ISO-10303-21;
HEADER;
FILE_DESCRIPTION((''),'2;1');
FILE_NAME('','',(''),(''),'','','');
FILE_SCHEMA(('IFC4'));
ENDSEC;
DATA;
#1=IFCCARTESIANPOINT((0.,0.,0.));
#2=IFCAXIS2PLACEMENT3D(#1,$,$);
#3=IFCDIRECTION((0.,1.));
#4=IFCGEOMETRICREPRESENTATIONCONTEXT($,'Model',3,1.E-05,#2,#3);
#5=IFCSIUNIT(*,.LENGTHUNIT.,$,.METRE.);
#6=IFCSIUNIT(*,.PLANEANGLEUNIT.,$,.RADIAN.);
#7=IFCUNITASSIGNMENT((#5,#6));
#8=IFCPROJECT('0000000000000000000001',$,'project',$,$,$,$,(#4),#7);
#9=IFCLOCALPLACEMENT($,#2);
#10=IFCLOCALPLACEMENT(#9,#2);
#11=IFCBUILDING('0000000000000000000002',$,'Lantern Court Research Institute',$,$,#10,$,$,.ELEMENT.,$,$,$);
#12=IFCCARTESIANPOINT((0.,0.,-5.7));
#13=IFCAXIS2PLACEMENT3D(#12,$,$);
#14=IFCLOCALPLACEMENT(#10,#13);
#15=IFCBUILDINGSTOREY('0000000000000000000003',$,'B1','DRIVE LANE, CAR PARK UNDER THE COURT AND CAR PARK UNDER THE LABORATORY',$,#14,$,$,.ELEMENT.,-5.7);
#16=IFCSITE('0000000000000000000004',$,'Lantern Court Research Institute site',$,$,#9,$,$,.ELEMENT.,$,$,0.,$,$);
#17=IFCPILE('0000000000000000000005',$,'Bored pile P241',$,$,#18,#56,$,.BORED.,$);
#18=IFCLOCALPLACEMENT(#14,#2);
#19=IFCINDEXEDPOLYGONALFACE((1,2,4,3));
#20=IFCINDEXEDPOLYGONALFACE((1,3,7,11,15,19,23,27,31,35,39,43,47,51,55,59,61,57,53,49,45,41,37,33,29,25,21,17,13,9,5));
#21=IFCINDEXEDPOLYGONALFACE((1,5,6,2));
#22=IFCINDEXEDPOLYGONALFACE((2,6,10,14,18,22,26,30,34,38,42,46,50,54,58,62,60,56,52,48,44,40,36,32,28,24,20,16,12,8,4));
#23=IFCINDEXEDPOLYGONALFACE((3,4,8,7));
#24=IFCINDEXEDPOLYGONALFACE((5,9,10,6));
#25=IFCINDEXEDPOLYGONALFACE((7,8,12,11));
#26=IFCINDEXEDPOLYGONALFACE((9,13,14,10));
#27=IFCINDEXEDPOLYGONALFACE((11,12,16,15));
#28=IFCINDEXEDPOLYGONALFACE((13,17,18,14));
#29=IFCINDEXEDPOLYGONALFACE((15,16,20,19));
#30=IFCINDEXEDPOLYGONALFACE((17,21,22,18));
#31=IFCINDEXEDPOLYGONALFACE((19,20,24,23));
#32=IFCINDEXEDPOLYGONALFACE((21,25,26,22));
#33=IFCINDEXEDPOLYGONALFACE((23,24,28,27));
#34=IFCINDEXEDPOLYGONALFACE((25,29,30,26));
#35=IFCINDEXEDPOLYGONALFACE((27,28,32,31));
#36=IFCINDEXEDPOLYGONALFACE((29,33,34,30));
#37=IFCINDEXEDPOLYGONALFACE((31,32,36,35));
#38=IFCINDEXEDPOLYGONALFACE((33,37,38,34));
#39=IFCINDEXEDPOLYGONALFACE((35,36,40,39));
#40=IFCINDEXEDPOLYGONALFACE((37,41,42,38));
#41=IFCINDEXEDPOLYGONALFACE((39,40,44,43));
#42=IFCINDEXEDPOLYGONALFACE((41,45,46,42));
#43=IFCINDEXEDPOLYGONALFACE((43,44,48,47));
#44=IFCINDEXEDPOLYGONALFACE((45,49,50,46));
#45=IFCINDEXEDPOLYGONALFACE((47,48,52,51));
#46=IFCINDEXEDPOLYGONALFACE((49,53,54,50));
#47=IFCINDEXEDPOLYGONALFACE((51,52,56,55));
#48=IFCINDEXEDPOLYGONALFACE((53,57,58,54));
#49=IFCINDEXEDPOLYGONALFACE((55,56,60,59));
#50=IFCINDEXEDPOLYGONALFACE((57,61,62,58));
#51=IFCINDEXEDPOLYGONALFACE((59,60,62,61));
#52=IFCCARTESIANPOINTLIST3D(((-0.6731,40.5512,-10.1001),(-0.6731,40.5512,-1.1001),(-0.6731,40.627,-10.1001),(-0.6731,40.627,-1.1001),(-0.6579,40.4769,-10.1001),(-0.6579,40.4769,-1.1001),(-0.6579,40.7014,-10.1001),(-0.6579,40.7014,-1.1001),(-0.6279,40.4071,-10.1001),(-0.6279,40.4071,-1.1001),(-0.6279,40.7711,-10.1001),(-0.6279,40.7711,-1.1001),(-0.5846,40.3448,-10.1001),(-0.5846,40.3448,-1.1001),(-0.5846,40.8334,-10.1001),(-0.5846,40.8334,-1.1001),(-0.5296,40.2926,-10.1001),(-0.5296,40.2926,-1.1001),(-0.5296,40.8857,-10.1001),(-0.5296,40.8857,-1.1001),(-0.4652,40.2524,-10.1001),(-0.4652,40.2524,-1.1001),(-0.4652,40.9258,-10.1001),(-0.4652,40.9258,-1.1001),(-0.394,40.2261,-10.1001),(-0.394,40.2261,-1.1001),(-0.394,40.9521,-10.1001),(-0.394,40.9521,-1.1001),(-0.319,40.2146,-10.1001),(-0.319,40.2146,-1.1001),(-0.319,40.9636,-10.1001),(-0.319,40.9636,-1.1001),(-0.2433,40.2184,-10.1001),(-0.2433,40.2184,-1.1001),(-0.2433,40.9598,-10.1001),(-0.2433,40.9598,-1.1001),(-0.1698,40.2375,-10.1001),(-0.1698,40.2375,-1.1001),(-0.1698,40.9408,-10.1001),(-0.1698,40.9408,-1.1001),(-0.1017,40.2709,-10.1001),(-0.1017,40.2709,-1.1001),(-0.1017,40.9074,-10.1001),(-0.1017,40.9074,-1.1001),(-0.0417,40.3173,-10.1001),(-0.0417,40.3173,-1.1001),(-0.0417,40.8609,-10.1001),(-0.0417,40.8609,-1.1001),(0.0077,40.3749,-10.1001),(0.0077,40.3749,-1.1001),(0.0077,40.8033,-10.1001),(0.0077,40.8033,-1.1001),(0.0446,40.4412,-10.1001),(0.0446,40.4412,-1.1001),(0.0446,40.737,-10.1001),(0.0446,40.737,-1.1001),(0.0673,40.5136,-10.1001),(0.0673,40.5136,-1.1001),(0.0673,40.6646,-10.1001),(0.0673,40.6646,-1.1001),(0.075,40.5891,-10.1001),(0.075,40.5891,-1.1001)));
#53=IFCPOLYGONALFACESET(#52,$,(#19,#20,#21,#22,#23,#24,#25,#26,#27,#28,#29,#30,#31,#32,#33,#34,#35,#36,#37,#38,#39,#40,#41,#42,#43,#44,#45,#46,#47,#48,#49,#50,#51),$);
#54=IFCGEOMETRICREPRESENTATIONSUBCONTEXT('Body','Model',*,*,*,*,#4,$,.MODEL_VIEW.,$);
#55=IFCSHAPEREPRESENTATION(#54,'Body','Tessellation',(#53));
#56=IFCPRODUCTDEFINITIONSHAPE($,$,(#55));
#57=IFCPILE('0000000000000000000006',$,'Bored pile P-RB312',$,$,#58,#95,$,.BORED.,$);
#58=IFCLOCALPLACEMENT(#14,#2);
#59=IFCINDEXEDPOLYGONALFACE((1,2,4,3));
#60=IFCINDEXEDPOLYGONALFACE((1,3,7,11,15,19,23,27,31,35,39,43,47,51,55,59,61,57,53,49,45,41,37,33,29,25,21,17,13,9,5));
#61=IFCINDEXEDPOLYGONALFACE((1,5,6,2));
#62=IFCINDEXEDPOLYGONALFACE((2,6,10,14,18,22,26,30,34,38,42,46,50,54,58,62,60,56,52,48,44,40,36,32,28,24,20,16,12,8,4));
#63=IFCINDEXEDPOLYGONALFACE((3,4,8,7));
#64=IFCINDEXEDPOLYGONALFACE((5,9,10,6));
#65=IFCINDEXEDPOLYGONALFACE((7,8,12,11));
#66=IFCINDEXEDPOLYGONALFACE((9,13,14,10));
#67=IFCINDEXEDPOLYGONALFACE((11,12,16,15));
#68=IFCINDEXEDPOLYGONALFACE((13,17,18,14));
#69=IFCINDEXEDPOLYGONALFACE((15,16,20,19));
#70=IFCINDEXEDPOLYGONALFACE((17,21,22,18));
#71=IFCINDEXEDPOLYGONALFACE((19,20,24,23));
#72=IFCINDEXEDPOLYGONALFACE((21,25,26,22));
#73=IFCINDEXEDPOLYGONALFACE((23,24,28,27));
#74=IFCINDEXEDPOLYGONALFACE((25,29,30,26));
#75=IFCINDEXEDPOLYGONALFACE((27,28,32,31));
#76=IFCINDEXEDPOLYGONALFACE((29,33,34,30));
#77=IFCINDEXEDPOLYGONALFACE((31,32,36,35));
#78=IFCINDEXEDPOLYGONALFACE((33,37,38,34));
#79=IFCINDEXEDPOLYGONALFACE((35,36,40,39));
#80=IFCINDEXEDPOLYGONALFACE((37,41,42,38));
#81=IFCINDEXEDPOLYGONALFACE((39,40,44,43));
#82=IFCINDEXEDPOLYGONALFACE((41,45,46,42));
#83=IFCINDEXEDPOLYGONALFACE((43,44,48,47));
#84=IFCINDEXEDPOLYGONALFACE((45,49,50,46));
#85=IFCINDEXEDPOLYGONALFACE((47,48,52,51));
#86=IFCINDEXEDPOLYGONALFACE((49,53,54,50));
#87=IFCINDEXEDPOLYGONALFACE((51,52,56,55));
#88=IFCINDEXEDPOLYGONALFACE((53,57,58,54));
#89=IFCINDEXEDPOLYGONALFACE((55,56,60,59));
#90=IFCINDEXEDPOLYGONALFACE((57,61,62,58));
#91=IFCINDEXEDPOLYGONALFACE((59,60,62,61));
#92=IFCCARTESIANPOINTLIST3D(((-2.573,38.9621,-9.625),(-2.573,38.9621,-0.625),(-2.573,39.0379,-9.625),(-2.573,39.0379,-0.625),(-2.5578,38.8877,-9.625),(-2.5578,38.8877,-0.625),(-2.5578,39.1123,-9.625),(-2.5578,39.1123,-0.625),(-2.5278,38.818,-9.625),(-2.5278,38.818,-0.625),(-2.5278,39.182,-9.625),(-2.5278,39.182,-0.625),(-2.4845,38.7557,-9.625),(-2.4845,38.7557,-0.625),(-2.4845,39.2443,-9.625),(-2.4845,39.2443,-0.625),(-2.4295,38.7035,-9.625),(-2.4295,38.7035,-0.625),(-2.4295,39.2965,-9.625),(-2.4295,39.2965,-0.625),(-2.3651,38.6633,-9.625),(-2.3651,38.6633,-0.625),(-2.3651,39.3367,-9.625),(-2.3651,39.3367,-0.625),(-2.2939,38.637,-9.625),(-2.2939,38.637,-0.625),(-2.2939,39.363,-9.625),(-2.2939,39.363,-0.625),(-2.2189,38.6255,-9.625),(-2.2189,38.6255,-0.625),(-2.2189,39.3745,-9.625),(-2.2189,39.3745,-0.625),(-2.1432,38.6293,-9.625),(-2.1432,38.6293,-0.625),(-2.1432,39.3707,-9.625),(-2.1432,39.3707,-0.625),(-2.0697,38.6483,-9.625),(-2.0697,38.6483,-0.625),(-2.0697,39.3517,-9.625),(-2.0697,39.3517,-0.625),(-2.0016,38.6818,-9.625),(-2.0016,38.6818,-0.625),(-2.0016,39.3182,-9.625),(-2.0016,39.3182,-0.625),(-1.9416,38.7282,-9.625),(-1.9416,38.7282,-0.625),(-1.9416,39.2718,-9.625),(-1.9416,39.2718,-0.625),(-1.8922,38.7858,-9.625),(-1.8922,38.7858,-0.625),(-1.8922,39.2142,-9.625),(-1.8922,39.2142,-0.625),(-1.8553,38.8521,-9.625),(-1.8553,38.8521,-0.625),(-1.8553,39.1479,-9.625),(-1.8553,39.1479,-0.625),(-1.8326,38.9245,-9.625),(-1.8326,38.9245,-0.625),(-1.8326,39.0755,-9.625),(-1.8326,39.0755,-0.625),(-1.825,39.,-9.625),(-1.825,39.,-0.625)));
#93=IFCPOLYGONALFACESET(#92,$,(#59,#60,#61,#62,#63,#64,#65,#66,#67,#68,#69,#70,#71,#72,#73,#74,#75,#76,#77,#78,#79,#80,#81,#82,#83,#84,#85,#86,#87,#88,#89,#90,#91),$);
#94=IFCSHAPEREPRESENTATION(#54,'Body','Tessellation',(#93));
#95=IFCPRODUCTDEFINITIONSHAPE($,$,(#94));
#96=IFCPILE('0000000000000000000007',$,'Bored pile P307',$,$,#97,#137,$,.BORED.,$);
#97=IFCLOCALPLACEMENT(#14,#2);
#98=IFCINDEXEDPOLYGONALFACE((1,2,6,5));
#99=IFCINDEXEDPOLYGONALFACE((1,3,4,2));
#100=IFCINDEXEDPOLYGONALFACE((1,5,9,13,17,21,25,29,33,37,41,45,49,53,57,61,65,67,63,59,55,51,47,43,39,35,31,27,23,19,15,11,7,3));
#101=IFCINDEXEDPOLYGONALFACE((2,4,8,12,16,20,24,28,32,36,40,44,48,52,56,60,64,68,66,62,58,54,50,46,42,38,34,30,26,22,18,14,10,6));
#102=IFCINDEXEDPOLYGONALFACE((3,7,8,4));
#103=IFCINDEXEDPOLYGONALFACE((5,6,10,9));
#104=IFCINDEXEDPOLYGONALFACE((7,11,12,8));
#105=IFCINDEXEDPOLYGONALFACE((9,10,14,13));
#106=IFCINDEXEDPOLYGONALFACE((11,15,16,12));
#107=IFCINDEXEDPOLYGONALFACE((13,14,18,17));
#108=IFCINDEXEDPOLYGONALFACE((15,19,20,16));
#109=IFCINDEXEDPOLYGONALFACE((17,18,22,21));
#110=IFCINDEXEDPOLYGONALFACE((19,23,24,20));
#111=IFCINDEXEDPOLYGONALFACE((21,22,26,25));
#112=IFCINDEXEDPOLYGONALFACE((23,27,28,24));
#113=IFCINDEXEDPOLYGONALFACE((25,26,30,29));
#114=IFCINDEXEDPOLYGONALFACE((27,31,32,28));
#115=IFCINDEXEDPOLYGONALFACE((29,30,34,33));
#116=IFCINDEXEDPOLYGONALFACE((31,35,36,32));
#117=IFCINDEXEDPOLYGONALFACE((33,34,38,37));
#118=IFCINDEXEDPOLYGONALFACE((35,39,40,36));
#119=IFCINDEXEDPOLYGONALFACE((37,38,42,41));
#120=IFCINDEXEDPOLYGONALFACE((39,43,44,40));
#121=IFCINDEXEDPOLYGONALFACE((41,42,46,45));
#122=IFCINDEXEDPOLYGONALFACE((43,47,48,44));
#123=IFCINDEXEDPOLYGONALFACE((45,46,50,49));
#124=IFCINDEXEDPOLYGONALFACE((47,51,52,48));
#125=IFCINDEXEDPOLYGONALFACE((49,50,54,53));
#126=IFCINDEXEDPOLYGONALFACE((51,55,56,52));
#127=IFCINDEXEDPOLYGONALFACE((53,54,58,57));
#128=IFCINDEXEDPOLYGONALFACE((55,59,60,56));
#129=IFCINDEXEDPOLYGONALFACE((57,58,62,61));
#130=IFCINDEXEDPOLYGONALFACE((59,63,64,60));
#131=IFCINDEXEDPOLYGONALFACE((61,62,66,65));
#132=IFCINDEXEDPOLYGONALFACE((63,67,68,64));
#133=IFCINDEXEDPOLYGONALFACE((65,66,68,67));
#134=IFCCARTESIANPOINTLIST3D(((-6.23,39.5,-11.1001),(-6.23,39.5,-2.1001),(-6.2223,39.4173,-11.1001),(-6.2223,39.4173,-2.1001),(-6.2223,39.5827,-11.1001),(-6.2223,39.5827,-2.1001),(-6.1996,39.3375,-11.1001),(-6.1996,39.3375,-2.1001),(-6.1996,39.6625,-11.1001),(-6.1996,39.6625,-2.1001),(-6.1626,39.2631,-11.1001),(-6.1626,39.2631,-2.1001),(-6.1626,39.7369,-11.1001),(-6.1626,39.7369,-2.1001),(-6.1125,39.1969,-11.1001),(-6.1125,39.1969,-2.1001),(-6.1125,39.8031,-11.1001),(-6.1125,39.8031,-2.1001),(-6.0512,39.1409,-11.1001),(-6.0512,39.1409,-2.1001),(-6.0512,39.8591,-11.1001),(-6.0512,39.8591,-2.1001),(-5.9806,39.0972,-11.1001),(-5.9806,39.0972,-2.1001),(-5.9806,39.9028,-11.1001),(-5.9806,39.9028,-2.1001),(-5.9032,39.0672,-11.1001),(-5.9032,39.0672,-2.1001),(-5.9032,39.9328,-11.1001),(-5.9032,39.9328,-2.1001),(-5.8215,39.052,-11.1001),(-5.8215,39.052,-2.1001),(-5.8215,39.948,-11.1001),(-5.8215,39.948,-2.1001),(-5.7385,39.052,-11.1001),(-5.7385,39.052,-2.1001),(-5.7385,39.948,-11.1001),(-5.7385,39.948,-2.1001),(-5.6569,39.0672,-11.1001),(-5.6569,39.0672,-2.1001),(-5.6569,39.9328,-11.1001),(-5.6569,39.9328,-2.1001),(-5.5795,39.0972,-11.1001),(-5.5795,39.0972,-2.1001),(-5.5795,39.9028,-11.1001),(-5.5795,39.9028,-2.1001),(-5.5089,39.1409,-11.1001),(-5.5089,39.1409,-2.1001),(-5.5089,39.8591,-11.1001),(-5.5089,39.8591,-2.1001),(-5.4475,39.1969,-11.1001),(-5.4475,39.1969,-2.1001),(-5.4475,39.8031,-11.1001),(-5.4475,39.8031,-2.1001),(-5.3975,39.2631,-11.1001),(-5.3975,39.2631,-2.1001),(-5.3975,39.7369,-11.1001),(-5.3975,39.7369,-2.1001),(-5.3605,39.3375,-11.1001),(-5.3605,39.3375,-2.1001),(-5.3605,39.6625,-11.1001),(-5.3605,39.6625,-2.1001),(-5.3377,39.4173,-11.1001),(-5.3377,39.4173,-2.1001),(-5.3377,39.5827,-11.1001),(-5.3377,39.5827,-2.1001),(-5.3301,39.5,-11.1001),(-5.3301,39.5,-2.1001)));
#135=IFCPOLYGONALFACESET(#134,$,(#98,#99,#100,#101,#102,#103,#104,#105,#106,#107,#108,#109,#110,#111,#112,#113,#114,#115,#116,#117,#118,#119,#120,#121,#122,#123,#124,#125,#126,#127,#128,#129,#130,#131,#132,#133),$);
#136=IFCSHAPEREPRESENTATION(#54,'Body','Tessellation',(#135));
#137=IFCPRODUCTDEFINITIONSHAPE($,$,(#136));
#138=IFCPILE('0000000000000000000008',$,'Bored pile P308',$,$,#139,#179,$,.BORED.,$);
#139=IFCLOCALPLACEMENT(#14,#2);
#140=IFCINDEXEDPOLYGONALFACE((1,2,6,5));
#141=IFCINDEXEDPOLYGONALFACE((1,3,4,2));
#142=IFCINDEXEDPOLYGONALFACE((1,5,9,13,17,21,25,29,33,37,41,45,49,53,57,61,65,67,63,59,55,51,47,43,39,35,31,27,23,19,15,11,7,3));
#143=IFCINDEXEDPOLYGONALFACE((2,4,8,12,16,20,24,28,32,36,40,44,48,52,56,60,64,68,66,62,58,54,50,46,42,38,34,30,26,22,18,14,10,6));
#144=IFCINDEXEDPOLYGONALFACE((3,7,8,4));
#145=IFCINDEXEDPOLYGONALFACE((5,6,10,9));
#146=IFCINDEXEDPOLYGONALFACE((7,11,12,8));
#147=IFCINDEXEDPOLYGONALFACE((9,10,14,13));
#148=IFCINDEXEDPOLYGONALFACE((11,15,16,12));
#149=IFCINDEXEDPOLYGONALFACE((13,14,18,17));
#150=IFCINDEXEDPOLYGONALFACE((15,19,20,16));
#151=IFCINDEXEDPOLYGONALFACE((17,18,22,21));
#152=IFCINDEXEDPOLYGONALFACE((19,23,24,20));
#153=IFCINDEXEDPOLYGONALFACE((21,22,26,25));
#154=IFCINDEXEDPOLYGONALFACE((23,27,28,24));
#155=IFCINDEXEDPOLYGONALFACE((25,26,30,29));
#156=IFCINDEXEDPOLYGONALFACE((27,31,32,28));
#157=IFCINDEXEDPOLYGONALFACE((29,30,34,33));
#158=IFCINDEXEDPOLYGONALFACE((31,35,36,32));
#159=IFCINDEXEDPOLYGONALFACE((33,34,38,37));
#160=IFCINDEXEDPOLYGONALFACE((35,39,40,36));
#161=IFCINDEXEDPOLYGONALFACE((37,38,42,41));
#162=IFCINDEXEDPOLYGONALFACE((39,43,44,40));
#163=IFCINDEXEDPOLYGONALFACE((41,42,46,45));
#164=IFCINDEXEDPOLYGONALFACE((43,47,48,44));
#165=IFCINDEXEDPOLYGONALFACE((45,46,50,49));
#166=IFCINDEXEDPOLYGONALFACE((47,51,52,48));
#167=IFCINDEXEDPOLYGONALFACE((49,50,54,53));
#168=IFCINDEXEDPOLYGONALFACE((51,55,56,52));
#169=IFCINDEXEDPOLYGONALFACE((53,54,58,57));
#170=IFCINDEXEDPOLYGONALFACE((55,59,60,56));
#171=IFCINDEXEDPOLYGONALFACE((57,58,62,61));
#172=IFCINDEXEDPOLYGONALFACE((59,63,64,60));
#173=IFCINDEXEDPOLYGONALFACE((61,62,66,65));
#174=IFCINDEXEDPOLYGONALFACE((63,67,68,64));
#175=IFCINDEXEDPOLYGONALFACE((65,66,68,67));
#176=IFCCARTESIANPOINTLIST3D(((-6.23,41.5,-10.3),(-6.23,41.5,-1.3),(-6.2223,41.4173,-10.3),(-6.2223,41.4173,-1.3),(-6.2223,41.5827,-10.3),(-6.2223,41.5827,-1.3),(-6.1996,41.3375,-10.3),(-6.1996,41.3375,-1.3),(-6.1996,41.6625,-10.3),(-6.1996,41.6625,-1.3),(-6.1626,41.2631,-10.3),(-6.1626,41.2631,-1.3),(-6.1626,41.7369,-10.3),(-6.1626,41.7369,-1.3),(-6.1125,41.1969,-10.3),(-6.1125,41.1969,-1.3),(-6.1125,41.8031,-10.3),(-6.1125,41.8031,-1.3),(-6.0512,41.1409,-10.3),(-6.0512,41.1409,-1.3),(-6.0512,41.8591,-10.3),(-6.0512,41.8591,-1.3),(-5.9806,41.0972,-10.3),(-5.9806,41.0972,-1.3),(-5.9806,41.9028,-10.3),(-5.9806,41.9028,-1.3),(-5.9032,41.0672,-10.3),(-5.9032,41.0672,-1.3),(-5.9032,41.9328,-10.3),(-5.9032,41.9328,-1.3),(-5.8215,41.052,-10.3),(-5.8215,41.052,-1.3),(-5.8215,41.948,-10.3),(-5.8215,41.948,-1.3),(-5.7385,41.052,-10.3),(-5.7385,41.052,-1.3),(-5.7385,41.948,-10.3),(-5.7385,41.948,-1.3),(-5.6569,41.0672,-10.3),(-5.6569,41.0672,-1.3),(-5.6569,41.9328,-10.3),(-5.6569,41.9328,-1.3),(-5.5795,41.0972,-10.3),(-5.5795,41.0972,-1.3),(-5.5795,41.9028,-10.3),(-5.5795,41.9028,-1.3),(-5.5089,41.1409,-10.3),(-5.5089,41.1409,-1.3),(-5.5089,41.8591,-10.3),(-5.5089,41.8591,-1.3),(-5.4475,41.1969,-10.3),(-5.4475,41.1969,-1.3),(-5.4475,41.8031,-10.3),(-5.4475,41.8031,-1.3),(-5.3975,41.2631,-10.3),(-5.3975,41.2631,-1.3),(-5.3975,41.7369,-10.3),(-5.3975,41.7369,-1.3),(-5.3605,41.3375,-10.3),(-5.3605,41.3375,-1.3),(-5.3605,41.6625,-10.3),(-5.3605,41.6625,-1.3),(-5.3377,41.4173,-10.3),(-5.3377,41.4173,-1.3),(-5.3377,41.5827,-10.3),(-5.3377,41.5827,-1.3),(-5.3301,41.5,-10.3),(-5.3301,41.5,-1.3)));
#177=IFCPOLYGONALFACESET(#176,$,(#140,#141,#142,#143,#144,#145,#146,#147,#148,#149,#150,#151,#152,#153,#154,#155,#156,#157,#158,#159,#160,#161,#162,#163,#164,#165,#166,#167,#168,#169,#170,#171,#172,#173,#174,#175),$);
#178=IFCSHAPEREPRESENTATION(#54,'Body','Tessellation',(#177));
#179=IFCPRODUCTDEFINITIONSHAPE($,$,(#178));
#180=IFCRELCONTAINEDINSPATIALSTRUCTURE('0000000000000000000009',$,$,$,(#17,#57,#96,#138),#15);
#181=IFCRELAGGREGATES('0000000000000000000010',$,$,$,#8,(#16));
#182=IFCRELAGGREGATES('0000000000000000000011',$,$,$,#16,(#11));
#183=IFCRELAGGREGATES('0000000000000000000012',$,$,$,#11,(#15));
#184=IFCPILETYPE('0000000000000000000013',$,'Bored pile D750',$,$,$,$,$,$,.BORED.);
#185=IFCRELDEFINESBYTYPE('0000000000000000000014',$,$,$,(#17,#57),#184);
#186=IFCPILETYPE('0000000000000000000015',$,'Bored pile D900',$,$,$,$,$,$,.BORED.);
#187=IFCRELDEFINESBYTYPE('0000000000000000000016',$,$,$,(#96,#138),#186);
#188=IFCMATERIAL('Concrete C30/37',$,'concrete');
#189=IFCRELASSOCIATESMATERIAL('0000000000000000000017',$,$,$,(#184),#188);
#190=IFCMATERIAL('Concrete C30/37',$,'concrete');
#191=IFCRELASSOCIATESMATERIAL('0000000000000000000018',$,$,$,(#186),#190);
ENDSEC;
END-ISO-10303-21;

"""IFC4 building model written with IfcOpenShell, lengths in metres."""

from ifc_helpers import new_model, si_unit, direction, frame, origin, origin_2d, place, context, subcontext, project, spatial, circle, extrude, material, material_profile, profile_set, type_object, element, save


model = new_model("IFC4")

# Units and contexts
model_context = context("Model", 3, precision=1e-05, world=origin(), true_north=direction((0.0, 1.0)))
body_context = subcontext(model_context, "Body", "Model", "MODEL_VIEW")
ifc_project = project(units=[si_unit("LENGTHUNIT", "METRE"), si_unit("PLANEANGLEUNIT", "RADIAN")], contexts=[model_context])

# Site, building, storey
site_placement = place(None, origin())
site = spatial("IfcSite", under=ifc_project, at=site_placement, Name="Lantern Court Research Institute site", CompositionType="ELEMENT", RefElevation=0.0)
building_placement = place(site_placement, origin())
building = spatial("IfcBuilding", under=site, at=building_placement, Name="Lantern Court Research Institute", CompositionType="ELEMENT")
storey_placement = place(building_placement, frame((0.0, 0.0, -5.7)))
storey = spatial("IfcBuildingStorey", under=building, at=storey_placement, Name="B1", Description="DRIVE LANE, CAR PARK UNDER THE COURT AND CAR PARK UNDER THE LABORATORY", CompositionType="ELEMENT", Elevation=-5.7)

# Piles
ifc_material_1 = material(Name="Concrete C30/37", Category="concrete")
ifc_material_profile_1 = material_profile(ifc_material_1, circle(Radius=0.375, at=origin_2d()), Name="Bored pile D750")
ifc_profile_set_1 = profile_set([ifc_material_profile_1], Name="Concrete C30/37")
pile_type_1 = type_object("IfcPileType", Name="Bored pile D750", PredefinedType="BORED", material=ifc_profile_set_1)
for number, where, z_axis, x_axis, name in (
    (1, (-0.3, 40.5891, -1.1001), (0.0, 0.0, -1.0), (1.0, 0.0, 0.0), "Bored pile P241"),
    (2, (-2.2, 39.0, -0.625), (0.0, 0.0, -1.0), (1.0, 0.0, 0.0), "Bored pile P-RB312"),
):
    element("IfcPile", number, at=place(storey_placement, frame(where, z_axis=z_axis, x_axis=x_axis)), inside=storey, type_object=pile_type_1, Name=name, PredefinedType="BORED", context=body_context, shape_type="SweptSolid", body=[
        extrude(circle(Radius=0.375, at=origin_2d()), origin(), (0.0, 0.0, 1.0), 9.0),
    ])
ifc_material_2 = material(Name="Concrete C30/37", Category="concrete")
ifc_material_profile_2 = material_profile(ifc_material_2, circle(Radius=0.45, at=origin_2d()), Name="Bored pile D900")
ifc_profile_set_2 = profile_set([ifc_material_profile_2], Name="Concrete C30/37")
pile_type_2 = type_object("IfcPileType", Name="Bored pile D900", PredefinedType="BORED", material=ifc_profile_set_2)
for number, where, z_axis, x_axis, name in (
    (3, (-5.78, 39.5, -2.1001), (0.0, 0.0, -1.0), (1.0, 0.0, 0.0), "Bored pile P307"),
    (4, (-5.78, 41.5, -1.3), (0.0, 0.0, -1.0), (1.0, 0.0, 0.0), "Bored pile P308"),
):
    element("IfcPile", number, at=place(storey_placement, frame(where, z_axis=z_axis, x_axis=x_axis)), inside=storey, type_object=pile_type_2, Name=name, PredefinedType="BORED", context=body_context, shape_type="SweptSolid", body=[
        extrude(circle(Radius=0.45, at=origin_2d()), origin(), (0.0, 0.0, 1.0), 9.0),
    ])

save(model, "model.ifc")
